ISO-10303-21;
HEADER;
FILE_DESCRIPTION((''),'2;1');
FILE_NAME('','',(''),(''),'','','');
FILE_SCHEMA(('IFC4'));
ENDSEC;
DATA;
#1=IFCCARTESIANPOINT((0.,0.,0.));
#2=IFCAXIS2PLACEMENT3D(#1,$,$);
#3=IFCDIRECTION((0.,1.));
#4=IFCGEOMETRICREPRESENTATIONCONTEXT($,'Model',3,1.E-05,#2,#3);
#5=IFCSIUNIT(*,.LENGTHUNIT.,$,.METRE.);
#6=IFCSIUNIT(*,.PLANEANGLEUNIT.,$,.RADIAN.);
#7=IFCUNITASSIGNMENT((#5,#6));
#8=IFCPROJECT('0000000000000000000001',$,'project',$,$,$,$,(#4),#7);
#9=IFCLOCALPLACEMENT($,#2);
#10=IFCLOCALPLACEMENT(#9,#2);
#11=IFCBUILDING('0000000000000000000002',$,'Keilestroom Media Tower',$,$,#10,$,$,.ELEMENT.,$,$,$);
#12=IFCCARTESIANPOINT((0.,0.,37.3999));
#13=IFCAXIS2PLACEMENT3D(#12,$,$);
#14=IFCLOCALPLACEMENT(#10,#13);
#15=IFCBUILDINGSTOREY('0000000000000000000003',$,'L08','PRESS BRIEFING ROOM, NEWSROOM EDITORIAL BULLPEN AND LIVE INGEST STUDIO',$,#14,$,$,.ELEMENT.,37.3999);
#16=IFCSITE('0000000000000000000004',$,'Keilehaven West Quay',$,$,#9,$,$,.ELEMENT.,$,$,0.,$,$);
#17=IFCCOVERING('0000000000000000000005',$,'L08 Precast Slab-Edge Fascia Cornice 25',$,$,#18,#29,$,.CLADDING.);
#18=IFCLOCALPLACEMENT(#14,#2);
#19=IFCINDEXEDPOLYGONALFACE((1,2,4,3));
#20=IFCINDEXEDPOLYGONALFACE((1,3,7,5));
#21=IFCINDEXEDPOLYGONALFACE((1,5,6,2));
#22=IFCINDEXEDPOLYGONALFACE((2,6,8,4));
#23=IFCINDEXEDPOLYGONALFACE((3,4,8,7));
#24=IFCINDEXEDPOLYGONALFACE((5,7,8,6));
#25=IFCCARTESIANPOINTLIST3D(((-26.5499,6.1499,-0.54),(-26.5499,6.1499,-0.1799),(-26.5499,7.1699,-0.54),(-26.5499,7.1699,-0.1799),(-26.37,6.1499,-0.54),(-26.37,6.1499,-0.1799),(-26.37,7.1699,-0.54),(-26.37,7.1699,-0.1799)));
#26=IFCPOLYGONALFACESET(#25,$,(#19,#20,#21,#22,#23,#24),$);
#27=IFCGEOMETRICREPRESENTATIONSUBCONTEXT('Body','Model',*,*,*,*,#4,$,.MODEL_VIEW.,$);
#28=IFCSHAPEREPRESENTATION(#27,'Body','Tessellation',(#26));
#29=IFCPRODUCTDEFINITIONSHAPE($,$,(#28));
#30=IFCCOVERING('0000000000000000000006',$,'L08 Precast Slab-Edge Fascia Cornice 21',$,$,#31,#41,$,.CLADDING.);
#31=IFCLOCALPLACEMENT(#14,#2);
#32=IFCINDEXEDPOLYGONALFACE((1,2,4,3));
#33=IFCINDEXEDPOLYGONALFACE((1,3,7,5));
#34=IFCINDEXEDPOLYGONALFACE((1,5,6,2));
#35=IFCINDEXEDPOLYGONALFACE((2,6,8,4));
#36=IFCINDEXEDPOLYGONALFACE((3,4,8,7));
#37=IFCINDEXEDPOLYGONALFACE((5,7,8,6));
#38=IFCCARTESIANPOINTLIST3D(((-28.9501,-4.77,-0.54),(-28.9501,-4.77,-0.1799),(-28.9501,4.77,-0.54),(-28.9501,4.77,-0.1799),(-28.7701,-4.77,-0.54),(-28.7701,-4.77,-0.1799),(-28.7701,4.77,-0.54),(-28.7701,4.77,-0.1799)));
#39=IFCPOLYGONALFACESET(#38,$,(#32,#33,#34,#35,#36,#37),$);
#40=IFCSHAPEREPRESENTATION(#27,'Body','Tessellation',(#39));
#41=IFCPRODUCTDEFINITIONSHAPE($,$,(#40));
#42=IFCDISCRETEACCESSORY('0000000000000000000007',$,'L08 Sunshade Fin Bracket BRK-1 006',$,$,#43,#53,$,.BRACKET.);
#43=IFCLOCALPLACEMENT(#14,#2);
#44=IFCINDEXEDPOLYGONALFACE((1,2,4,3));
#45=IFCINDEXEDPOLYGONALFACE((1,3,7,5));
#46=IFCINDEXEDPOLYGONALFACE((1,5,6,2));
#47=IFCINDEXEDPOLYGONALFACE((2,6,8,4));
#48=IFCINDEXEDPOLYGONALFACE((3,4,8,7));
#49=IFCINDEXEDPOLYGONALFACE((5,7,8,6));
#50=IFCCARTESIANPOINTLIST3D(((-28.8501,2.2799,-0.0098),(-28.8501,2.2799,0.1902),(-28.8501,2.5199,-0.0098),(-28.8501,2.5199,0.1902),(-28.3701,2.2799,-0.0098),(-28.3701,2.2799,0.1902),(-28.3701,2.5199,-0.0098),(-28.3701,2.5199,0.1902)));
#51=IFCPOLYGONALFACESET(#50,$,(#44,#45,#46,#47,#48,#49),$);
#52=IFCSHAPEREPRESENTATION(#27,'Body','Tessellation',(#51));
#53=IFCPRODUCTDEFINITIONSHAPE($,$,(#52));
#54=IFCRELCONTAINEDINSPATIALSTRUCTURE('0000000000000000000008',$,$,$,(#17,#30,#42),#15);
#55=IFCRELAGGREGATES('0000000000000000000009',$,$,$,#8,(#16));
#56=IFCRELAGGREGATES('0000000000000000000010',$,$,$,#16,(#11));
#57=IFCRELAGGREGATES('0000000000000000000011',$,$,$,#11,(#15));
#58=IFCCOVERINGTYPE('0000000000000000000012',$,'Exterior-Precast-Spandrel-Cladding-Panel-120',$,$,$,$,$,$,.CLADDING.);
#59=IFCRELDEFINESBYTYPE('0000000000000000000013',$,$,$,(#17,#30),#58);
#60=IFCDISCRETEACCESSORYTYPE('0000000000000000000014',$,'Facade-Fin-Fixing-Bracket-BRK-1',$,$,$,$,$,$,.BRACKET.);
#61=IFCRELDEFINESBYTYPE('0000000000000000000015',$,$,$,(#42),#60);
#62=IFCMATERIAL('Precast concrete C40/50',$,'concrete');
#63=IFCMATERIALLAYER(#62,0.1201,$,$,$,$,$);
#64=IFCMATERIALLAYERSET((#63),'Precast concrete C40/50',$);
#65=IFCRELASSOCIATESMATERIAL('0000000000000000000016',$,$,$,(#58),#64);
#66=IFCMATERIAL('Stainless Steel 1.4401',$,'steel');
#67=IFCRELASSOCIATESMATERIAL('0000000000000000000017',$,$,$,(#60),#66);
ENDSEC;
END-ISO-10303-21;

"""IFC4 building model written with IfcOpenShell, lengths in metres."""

from ifc_helpers import new_model, si_unit, direction, frame, origin, origin_2d, place, context, subcontext, project, spatial, rectangle, extrude, source, transform, mapped, material, layer, layer_set, type_object, element, save


model = new_model("IFC4")

# Units and contexts
model_context = context("Model", 3, precision=1e-05, world=origin(), true_north=direction((0.0, 1.0)))
body_context = subcontext(model_context, "Body", "Model", "MODEL_VIEW")
ifc_project = project(units=[si_unit("LENGTHUNIT", "METRE"), si_unit("PLANEANGLEUNIT", "RADIAN")], contexts=[model_context])

# Site, building, storey
site_placement = place(None, origin())
site = spatial("IfcSite", under=ifc_project, at=site_placement, Name="Keilehaven West Quay", CompositionType="ELEMENT", RefElevation=0.0)
building_placement = place(site_placement, origin())
building = spatial("IfcBuilding", under=site, at=building_placement, Name="Keilestroom Media Tower", CompositionType="ELEMENT")
storey_placement = place(building_placement, frame((0.0, 0.0, 37.3999)))
storey = spatial("IfcBuildingStorey", under=building, at=storey_placement, Name="L08", Description="PRESS BRIEFING ROOM, NEWSROOM EDITORIAL BULLPEN AND LIVE INGEST STUDIO", CompositionType="ELEMENT", Elevation=37.3999)

# Shared definitions
ifc_material_1 = material(Name="Precast concrete C40/50", Category="concrete")

# Coverings
ifc_layer_1 = layer(ifc_material_1, 0.1201)
ifc_layer_set_1 = layer_set([ifc_layer_1], Name="Precast concrete C40/50")
covering_type = type_object("IfcCoveringType", Name="Exterior-Precast-Spandrel-Cladding-Panel-120", PredefinedType="CLADDING", material=ifc_layer_set_1)
shared_shape_1 = source(origin(), body_context, "Body", "SweptSolid", [
    extrude(rectangle(XDim=1.02, YDim=0.1799, at=origin_2d()), origin(), (0.0, 0.0, 1.0), 0.3601),
])
for number, where, z_axis, x_axis, name in (
    (1, (-26.46, 6.6599, -0.54), (0.0, 0.0, 1.0), (0.0, 1.0, 0.0), "L08 Precast Slab-Edge Fascia Cornice 25"),
):
    element("IfcCovering", number, at=place(storey_placement, frame(where, z_axis=z_axis, x_axis=x_axis)), inside=storey, type_object=covering_type, Name=name, PredefinedType="CLADDING", context=body_context, shape_type="MappedRepresentation", body=[
        mapped(shared_shape_1, transform((0.0, 0.0, 0.0), x_axis=(1.0, 0.0, 0.0), y_axis=(0.0, 1.0, 0.0), z_axis=(0.0, 0.0, 1.0), scale=1.0)),
    ])
shared_shape_2 = source(origin(), body_context, "Body", "SweptSolid", [
    extrude(rectangle(XDim=9.54, YDim=0.1799, at=origin_2d()), origin(), (0.0, 0.0, 1.0), 0.3601),
])
covering_placement = place(storey_placement, frame((-28.8601, 0.0, -0.54), z_axis=(0.0, 0.0, 1.0), x_axis=(0.0, 1.0, 0.0)))
element("IfcCovering", 2, at=covering_placement, inside=storey, type_object=covering_type, Name="L08 Precast Slab-Edge Fascia Cornice 21", PredefinedType="CLADDING", context=body_context, shape_type="MappedRepresentation", body=[
    mapped(shared_shape_2, transform((0.0, 0.0, 0.0), x_axis=(1.0, 0.0, 0.0), y_axis=(0.0, 1.0, 0.0), z_axis=(0.0, 0.0, 1.0), scale=1.0)),
])

# Discrete accessory
ifc_material_2 = material(Name="Stainless Steel 1.4401", Category="steel")
discrete_accessory_type = type_object("IfcDiscreteAccessoryType", Name="Facade-Fin-Fixing-Bracket-BRK-1", PredefinedType="BRACKET", material=ifc_material_2)
shared_shape_3 = source(origin(), body_context, "Body", "SweptSolid", [
    extrude(rectangle(XDim=0.48, YDim=0.24, at=origin_2d()), origin(), (0.0, 0.0, 1.0), 0.2),
])
discrete_accessory_placement = place(storey_placement, frame((-28.6101, 2.3999, -0.0098), z_axis=(0.0, 0.0, 1.0), x_axis=(1.0, 0.0, 0.0)))
element("IfcDiscreteAccessory", 3, at=discrete_accessory_placement, inside=storey, type_object=discrete_accessory_type, Name="L08 Sunshade Fin Bracket BRK-1 006", PredefinedType="BRACKET", context=body_context, shape_type="MappedRepresentation", body=[
    mapped(shared_shape_3, transform((0.0, 0.0, 0.0), x_axis=(1.0, 0.0, 0.0), y_axis=(0.0, 1.0, 0.0), z_axis=(0.0, 0.0, 1.0), scale=1.0)),
])

save(model, "model.ifc")
